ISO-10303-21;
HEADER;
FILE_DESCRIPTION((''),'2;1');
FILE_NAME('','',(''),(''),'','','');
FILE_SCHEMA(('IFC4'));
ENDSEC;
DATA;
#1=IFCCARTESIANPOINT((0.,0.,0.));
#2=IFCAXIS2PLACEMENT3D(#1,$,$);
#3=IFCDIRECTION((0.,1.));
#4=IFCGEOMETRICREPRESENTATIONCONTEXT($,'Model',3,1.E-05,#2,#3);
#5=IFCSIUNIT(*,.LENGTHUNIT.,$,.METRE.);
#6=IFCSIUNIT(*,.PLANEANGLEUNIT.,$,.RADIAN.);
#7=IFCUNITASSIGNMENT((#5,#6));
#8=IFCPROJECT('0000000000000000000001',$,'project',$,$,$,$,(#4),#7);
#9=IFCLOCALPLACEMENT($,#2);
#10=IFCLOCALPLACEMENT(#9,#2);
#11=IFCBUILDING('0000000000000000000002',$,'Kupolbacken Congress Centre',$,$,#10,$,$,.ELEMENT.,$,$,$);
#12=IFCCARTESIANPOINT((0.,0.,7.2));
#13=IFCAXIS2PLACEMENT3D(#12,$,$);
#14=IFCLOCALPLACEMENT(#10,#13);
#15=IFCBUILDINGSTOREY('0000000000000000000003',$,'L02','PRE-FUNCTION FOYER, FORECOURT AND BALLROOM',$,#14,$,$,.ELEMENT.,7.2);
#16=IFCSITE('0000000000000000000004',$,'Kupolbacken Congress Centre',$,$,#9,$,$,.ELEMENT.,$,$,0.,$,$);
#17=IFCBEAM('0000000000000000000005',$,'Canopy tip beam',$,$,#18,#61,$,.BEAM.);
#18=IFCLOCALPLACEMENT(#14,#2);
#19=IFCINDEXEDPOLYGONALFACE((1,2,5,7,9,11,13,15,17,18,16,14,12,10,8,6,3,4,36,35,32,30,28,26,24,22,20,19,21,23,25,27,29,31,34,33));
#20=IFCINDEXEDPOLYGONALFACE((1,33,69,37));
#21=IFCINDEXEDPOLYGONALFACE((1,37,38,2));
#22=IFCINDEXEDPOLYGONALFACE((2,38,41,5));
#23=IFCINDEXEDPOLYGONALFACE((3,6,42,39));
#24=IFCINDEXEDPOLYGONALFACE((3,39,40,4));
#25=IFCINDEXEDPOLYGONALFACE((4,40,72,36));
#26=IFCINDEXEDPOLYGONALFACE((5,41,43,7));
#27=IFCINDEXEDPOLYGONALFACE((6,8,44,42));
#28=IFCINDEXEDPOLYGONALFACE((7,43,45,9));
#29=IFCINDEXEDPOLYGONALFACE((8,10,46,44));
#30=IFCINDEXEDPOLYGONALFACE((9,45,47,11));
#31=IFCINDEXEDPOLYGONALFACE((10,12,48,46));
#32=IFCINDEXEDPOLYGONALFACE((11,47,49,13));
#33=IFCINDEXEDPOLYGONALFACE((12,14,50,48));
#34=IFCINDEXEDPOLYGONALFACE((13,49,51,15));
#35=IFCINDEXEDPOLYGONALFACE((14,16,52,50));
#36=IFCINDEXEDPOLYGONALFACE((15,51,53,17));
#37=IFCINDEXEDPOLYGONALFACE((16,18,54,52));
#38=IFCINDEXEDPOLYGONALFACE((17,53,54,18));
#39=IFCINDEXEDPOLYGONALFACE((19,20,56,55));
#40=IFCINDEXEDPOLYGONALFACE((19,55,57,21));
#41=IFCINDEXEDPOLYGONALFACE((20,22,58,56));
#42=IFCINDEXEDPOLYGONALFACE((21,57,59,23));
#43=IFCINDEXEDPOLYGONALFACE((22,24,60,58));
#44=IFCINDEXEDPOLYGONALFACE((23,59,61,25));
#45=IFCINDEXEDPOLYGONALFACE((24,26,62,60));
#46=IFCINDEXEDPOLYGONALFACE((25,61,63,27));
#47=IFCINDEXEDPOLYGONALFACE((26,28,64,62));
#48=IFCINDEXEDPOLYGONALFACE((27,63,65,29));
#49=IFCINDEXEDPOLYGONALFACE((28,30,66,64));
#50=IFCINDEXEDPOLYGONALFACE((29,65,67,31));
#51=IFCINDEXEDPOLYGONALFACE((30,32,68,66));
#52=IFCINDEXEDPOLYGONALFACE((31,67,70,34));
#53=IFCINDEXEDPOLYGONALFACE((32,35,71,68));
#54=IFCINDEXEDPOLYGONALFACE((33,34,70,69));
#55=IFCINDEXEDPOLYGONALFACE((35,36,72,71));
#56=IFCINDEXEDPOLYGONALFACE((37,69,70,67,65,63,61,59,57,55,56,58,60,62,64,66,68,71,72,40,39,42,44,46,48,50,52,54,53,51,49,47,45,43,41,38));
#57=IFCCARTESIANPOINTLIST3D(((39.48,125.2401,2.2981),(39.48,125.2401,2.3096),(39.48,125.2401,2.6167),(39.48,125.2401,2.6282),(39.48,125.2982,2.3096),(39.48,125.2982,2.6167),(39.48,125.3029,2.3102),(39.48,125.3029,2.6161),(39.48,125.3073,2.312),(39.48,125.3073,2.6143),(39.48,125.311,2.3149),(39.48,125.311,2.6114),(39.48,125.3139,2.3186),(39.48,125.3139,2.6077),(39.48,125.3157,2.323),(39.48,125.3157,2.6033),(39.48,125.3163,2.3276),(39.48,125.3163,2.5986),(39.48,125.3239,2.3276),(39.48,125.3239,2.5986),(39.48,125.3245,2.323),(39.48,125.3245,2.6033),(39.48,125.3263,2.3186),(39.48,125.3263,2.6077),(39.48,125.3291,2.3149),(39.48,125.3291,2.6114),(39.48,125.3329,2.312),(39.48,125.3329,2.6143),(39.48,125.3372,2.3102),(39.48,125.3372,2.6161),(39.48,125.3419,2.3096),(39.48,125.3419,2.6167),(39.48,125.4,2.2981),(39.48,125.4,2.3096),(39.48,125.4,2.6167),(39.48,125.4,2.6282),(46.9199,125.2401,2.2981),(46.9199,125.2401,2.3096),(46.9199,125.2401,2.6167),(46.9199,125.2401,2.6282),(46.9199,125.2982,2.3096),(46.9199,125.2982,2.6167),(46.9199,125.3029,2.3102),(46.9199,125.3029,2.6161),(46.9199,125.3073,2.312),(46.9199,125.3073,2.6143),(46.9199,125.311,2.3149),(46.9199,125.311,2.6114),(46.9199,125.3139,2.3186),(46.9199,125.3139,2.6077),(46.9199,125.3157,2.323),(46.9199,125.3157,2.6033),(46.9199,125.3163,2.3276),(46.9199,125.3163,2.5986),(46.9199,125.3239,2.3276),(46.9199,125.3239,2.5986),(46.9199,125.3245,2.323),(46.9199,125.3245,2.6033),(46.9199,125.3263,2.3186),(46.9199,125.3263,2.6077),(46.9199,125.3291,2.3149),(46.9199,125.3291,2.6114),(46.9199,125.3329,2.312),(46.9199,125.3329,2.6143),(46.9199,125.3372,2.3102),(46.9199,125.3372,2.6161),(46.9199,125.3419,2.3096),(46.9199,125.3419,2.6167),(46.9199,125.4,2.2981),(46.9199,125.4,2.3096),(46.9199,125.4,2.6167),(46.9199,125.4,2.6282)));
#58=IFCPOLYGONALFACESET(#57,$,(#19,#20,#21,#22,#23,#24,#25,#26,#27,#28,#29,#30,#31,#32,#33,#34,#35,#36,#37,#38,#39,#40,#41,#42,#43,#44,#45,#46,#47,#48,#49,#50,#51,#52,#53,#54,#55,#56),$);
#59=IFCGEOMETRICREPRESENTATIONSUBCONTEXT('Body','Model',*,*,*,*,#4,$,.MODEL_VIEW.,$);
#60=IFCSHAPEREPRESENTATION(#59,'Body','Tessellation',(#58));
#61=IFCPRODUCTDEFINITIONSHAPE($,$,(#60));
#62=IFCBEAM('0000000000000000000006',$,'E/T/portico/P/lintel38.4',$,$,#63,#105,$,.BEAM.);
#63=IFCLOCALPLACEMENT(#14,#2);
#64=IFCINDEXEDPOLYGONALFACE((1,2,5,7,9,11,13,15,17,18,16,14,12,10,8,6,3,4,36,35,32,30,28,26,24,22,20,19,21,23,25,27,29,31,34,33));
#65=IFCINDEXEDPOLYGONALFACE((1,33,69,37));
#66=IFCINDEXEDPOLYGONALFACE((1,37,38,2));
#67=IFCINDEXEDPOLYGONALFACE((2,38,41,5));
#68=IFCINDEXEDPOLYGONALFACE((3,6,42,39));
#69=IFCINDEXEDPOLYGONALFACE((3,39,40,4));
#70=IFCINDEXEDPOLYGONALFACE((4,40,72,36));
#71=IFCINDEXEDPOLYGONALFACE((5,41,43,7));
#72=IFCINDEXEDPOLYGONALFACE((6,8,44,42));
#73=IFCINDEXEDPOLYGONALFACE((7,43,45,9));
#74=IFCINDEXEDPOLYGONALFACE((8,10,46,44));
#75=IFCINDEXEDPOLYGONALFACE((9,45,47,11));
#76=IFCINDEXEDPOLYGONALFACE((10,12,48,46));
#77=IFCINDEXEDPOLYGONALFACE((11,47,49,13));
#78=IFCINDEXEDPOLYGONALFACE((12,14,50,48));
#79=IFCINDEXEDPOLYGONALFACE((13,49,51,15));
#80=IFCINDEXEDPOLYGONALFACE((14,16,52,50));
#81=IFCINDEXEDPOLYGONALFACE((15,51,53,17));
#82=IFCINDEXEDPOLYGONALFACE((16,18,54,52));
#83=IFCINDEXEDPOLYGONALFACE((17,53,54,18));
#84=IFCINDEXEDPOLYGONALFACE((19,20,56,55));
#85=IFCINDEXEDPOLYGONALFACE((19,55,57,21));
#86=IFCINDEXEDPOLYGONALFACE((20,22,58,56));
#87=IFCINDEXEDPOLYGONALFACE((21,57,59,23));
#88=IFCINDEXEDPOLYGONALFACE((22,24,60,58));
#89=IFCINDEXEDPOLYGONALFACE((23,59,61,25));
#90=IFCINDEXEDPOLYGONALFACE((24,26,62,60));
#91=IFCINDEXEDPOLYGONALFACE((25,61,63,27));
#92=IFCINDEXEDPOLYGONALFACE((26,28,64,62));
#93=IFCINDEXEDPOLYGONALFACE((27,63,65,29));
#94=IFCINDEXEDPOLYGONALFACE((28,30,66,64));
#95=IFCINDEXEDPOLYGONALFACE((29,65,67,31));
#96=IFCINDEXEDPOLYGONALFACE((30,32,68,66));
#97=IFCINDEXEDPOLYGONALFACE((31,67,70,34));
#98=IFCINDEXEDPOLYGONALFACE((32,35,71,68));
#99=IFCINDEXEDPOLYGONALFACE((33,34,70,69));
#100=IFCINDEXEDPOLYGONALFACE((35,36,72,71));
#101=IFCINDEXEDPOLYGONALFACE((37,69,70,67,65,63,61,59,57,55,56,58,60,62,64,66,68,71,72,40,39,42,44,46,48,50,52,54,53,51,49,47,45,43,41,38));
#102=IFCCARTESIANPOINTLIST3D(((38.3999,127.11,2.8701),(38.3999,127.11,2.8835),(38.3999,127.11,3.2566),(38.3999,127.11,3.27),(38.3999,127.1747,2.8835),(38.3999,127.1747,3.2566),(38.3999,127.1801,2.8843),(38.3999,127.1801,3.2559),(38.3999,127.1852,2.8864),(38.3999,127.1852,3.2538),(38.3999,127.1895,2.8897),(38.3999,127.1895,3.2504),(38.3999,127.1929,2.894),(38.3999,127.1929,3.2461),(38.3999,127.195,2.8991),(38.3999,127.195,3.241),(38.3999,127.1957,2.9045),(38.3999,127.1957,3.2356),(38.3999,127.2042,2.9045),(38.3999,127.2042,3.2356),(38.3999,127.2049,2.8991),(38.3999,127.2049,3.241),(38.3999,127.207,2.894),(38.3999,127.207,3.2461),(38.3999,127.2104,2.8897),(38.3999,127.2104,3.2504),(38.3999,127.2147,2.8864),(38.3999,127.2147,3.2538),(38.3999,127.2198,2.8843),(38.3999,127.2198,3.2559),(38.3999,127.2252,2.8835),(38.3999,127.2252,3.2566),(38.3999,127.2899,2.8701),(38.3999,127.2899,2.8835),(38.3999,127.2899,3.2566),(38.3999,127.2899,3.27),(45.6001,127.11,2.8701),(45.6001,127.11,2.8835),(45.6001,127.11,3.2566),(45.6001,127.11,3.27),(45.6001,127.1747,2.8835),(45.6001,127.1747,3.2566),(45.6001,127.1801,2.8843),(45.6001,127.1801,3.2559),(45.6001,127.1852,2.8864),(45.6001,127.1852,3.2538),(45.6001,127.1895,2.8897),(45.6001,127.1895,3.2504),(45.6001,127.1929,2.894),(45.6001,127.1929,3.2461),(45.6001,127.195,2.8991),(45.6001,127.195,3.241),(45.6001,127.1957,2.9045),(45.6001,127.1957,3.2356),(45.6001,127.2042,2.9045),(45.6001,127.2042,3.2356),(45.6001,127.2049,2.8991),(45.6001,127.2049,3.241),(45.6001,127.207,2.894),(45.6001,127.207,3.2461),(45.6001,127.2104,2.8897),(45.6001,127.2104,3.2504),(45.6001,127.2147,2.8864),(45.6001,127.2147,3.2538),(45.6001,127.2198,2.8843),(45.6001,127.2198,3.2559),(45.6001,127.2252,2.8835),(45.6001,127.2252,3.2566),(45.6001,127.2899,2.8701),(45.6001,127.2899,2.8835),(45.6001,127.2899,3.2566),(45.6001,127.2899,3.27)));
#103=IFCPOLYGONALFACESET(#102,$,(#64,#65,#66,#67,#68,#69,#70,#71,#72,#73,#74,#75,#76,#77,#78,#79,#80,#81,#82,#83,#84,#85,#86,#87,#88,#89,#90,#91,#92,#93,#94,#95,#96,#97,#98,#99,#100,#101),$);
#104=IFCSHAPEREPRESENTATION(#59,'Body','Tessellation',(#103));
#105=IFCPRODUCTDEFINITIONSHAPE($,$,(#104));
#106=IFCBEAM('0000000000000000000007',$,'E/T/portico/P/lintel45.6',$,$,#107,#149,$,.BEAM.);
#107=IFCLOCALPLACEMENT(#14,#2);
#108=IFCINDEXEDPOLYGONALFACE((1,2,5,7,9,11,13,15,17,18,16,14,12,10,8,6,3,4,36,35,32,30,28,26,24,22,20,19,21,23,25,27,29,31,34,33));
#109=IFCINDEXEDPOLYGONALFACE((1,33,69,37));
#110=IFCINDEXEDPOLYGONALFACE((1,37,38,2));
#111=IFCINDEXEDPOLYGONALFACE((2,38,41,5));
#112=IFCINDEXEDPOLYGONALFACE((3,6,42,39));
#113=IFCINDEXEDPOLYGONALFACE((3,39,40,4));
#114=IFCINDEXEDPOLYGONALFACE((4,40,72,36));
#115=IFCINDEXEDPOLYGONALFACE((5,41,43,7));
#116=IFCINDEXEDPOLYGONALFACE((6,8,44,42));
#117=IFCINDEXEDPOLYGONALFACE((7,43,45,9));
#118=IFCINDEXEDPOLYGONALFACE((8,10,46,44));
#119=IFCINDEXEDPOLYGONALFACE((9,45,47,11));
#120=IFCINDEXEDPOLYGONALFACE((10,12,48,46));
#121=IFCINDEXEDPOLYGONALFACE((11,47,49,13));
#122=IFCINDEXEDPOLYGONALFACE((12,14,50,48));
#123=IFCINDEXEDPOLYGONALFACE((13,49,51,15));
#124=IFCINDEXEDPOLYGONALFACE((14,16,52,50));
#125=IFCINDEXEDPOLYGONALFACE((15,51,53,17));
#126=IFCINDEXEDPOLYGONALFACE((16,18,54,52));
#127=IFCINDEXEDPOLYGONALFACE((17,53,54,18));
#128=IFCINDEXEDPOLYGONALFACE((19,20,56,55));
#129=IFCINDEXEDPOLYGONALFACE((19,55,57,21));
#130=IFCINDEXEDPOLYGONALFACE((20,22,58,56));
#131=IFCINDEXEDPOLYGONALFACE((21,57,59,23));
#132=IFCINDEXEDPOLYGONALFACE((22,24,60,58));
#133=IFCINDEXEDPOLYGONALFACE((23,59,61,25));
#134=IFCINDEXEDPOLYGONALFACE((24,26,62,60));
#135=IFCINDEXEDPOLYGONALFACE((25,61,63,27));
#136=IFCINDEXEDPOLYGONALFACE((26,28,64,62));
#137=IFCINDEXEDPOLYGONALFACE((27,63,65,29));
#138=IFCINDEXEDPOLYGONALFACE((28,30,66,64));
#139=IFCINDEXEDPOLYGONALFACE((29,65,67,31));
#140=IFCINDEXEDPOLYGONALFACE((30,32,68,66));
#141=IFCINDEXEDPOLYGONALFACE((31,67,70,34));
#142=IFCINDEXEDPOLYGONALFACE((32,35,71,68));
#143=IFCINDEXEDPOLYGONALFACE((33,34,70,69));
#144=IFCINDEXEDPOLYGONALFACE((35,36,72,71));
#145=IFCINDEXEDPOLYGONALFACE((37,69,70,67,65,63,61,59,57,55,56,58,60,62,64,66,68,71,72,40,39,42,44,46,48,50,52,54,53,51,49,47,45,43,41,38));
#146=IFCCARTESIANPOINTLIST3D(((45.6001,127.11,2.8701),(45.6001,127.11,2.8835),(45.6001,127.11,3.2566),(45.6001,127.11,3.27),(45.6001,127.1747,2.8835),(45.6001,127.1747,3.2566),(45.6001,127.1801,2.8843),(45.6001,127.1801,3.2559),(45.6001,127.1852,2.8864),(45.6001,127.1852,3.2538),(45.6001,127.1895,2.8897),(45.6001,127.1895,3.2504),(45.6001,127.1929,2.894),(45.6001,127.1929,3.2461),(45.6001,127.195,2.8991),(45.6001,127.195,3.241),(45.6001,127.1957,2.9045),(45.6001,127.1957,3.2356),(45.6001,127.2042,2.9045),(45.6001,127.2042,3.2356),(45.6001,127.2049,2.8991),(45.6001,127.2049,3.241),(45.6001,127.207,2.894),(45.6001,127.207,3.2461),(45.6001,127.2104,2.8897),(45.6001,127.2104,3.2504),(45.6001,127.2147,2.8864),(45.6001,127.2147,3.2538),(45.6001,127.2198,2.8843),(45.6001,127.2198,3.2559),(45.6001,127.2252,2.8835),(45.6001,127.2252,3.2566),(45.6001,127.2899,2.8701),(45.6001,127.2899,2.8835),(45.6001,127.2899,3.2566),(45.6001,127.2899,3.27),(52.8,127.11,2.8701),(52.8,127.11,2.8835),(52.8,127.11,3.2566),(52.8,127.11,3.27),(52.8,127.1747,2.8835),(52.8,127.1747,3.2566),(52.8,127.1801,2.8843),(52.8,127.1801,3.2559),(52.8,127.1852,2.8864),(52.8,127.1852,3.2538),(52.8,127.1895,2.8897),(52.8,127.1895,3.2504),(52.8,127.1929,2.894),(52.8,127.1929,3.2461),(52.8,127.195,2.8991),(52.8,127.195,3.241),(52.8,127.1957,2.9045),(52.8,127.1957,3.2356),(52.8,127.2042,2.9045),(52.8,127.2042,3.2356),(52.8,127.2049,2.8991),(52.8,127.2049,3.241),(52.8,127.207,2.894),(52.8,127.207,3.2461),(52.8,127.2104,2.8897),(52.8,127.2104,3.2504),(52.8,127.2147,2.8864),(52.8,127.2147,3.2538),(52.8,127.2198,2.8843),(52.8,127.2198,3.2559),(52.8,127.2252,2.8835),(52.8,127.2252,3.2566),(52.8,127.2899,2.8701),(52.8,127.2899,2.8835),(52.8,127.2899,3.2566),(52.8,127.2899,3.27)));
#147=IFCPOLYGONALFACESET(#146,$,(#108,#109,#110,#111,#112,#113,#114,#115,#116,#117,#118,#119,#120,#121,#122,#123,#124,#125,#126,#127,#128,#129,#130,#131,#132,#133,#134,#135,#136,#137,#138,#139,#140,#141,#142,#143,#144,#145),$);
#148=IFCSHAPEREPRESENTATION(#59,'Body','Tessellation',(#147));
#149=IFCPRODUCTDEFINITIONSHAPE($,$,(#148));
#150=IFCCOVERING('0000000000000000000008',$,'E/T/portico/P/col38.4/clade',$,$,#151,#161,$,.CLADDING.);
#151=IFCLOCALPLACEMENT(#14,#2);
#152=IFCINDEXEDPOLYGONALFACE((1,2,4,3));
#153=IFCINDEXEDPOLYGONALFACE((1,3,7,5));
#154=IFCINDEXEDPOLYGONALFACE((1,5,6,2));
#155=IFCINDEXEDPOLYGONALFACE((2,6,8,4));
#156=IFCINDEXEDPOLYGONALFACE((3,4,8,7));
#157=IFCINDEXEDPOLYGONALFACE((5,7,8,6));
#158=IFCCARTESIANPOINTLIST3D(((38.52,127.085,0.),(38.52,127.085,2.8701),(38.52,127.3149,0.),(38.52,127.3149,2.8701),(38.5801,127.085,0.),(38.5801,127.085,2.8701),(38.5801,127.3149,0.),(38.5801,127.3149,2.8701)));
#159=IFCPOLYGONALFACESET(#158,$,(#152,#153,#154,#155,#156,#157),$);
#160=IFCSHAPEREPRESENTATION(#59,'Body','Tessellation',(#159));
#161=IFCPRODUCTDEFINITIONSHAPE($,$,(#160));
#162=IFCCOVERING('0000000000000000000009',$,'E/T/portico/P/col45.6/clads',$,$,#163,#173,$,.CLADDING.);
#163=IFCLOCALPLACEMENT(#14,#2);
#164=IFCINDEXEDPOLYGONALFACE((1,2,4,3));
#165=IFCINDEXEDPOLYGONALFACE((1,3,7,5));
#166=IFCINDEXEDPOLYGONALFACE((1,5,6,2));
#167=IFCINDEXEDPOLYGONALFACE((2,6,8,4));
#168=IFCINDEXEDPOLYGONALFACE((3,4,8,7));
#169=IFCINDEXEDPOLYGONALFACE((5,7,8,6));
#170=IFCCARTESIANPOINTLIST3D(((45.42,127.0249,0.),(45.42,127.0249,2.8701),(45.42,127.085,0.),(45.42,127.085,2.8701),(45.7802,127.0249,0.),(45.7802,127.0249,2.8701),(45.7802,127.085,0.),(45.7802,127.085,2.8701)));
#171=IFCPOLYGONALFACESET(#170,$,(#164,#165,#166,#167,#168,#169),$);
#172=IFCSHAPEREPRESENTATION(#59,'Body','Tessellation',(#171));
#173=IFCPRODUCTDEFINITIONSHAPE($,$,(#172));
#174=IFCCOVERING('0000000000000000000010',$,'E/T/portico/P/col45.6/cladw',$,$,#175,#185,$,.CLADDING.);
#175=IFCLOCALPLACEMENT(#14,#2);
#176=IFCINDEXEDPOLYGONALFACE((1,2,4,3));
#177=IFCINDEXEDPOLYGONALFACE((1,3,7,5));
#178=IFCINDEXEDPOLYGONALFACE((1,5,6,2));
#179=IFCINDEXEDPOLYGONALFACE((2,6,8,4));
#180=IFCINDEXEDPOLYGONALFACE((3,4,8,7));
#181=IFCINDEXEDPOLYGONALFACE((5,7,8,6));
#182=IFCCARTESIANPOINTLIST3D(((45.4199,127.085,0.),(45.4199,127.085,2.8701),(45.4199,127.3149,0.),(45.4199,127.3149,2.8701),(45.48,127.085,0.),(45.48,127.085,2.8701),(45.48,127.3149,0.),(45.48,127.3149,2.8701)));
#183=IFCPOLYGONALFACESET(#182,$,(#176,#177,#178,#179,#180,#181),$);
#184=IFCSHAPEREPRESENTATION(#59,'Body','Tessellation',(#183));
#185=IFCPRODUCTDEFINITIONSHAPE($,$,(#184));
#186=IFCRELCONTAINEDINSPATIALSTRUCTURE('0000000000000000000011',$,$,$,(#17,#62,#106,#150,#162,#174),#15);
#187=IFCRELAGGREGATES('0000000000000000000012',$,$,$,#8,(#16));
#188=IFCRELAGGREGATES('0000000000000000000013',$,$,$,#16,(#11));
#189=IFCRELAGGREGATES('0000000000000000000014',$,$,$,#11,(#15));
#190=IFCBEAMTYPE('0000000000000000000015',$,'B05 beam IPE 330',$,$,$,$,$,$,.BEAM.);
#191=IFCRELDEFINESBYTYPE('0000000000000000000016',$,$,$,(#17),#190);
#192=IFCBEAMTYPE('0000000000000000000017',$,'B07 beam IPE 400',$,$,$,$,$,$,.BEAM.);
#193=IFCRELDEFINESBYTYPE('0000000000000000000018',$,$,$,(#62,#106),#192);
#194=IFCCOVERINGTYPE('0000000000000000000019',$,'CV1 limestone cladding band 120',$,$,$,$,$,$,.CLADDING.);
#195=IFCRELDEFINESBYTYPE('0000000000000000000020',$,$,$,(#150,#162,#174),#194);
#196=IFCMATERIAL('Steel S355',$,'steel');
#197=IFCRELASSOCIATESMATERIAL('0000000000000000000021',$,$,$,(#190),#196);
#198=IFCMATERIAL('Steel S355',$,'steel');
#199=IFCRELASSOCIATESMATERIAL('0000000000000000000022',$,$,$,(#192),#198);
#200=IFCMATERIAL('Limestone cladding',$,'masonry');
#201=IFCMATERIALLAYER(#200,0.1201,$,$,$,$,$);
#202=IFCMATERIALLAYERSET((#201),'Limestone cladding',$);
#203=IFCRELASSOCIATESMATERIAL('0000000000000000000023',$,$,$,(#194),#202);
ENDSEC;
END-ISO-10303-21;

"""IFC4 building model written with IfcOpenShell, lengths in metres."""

from ifc_helpers import new_model, si_unit, direction, frame, origin, origin_2d, place, context, subcontext, project, spatial, rectangle, i_section, extrude, material, layer, layer_set, material_profile, profile_set, type_object, element, save


model = new_model("IFC4")

# Units and contexts
model_context = context("Model", 3, precision=1e-05, world=origin(), true_north=direction((0.0, 1.0)))
body_context = subcontext(model_context, "Body", "Model", "MODEL_VIEW")
ifc_project = project(units=[si_unit("LENGTHUNIT", "METRE"), si_unit("PLANEANGLEUNIT", "RADIAN")], contexts=[model_context])

# Site, building, storey
site_placement = place(None, origin())
site = spatial("IfcSite", under=ifc_project, at=site_placement, Name="Kupolbacken Congress Centre", CompositionType="ELEMENT", RefElevation=0.0)
building_placement = place(site_placement, origin())
building = spatial("IfcBuilding", under=site, at=building_placement, Name="Kupolbacken Congress Centre", CompositionType="ELEMENT")
storey_placement = place(building_placement, frame((0.0, 0.0, 7.2)))
storey = spatial("IfcBuildingStorey", under=building, at=storey_placement, Name="L02", Description="PRE-FUNCTION FOYER, FORECOURT AND BALLROOM", CompositionType="ELEMENT", Elevation=7.2)

# Beams
ifc_material_1 = material(Name="Steel S355", Category="steel")
ifc_material_profile_1 = material_profile(ifc_material_1, i_section(OverallWidth=0.1599, OverallDepth=0.3301, WebThickness=0.0076, FlangeThickness=0.0115, FilletRadius=0.0181, at=origin_2d()), Name="IPE 330")
ifc_profile_set_1 = profile_set([ifc_material_profile_1], Name="Steel S355")
beam_type_1 = type_object("IfcBeamType", Name="B05 beam IPE 330", PredefinedType="BEAM", material=ifc_profile_set_1)
beam_1_placement = place(storey_placement, frame((46.9199, 125.3201, 2.4631), z_axis=(-1.0, 0.0, 0.0), x_axis=(0.0, -1.0, 0.0)))
element("IfcBeam", 1, at=beam_1_placement, inside=storey, type_object=beam_type_1, Name="Canopy tip beam", PredefinedType="BEAM", context=body_context, shape_type="SweptSolid", body=[
    extrude(i_section(OverallWidth=0.1599, OverallDepth=0.3301, WebThickness=0.0076, FlangeThickness=0.0115, FilletRadius=0.0181, at=origin_2d()), origin(), (0.0, 0.0, 1.0), 7.4399),
])
ifc_material_2 = material(Name="Steel S355", Category="steel")
ifc_material_profile_2 = material_profile(ifc_material_2, i_section(OverallWidth=0.1799, OverallDepth=0.3999, WebThickness=0.0085, FlangeThickness=0.0134, FilletRadius=0.021, at=origin_2d()), Name="IPE 400")
ifc_profile_set_2 = profile_set([ifc_material_profile_2], Name="Steel S355")
beam_type_2 = type_object("IfcBeamType", Name="B07 beam IPE 400", PredefinedType="BEAM", material=ifc_profile_set_2)
beam_2_placement = place(storey_placement, frame((38.3999, 127.2, 3.0701), z_axis=(1.0, 0.0, 0.0), x_axis=(0.0, 1.0, 0.0)))
element("IfcBeam", 2, at=beam_2_placement, inside=storey, type_object=beam_type_2, Name="E/T/portico/P/lintel38.4", PredefinedType="BEAM", context=body_context, shape_type="SweptSolid", body=[
    extrude(i_section(OverallWidth=0.1799, OverallDepth=0.3999, WebThickness=0.0085, FlangeThickness=0.0134, FilletRadius=0.021, at=origin_2d()), origin(), (0.0, 0.0, 1.0), 7.2002),
])
beam_3_placement = place(storey_placement, frame((45.6001, 127.2, 3.0701), z_axis=(1.0, 0.0, 0.0), x_axis=(0.0, 1.0, 0.0)))
element("IfcBeam", 3, at=beam_3_placement, inside=storey, type_object=beam_type_2, Name="E/T/portico/P/lintel45.6", PredefinedType="BEAM", context=body_context, shape_type="SweptSolid", body=[
    extrude(i_section(OverallWidth=0.1799, OverallDepth=0.3999, WebThickness=0.0085, FlangeThickness=0.0134, FilletRadius=0.021, at=origin_2d()), origin(), (0.0, 0.0, 1.0), 7.2),
])

# Coverings
ifc_material_3 = material(Name="Limestone cladding", Category="masonry")
ifc_layer_1 = layer(ifc_material_3, 0.1201)
ifc_layer_set_1 = layer_set([ifc_layer_1], Name="Limestone cladding")
covering_type_1 = type_object("IfcCoveringType", Name="CV1 limestone cladding band 120", PredefinedType="CLADDING", material=ifc_layer_set_1)
covering_1_placement = place(storey_placement, frame((38.55, 127.2, 0.0), z_axis=(0.0, 0.0, 1.0), x_axis=(1.0, 0.0, 0.0)))
element("IfcCovering", 4, at=covering_1_placement, inside=storey, type_object=covering_type_1, Name="E/T/portico/P/col38.4/clade", PredefinedType="CLADDING", context=body_context, shape_type="SweptSolid", body=[
    extrude(rectangle(XDim=0.0601, YDim=0.23, at=origin_2d()), origin(), (0.0, 0.0, 1.0), 2.8701),
])
covering_2_placement = place(storey_placement, frame((45.6001, 127.0549, 0.0), z_axis=(0.0, 0.0, 1.0), x_axis=(1.0, 0.0, 0.0)))
element("IfcCovering", 5, at=covering_2_placement, inside=storey, type_object=covering_type_1, Name="E/T/portico/P/col45.6/clads", PredefinedType="CLADDING", context=body_context, shape_type="SweptSolid", body=[
    extrude(rectangle(XDim=0.3601, YDim=0.0601, at=origin_2d()), origin(), (0.0, 0.0, 1.0), 2.8701),
])
covering_3_placement = place(storey_placement, frame((45.45, 127.2, 0.0), z_axis=(0.0, 0.0, 1.0), x_axis=(1.0, 0.0, 0.0)))
element("IfcCovering", 6, at=covering_3_placement, inside=storey, type_object=covering_type_1, Name="E/T/portico/P/col45.6/cladw", PredefinedType="CLADDING", context=body_context, shape_type="SweptSolid", body=[
    extrude(rectangle(XDim=0.0601, YDim=0.23, at=origin_2d()), origin(), (0.0, 0.0, 1.0), 2.8701),
])

save(model, "model.ifc")
